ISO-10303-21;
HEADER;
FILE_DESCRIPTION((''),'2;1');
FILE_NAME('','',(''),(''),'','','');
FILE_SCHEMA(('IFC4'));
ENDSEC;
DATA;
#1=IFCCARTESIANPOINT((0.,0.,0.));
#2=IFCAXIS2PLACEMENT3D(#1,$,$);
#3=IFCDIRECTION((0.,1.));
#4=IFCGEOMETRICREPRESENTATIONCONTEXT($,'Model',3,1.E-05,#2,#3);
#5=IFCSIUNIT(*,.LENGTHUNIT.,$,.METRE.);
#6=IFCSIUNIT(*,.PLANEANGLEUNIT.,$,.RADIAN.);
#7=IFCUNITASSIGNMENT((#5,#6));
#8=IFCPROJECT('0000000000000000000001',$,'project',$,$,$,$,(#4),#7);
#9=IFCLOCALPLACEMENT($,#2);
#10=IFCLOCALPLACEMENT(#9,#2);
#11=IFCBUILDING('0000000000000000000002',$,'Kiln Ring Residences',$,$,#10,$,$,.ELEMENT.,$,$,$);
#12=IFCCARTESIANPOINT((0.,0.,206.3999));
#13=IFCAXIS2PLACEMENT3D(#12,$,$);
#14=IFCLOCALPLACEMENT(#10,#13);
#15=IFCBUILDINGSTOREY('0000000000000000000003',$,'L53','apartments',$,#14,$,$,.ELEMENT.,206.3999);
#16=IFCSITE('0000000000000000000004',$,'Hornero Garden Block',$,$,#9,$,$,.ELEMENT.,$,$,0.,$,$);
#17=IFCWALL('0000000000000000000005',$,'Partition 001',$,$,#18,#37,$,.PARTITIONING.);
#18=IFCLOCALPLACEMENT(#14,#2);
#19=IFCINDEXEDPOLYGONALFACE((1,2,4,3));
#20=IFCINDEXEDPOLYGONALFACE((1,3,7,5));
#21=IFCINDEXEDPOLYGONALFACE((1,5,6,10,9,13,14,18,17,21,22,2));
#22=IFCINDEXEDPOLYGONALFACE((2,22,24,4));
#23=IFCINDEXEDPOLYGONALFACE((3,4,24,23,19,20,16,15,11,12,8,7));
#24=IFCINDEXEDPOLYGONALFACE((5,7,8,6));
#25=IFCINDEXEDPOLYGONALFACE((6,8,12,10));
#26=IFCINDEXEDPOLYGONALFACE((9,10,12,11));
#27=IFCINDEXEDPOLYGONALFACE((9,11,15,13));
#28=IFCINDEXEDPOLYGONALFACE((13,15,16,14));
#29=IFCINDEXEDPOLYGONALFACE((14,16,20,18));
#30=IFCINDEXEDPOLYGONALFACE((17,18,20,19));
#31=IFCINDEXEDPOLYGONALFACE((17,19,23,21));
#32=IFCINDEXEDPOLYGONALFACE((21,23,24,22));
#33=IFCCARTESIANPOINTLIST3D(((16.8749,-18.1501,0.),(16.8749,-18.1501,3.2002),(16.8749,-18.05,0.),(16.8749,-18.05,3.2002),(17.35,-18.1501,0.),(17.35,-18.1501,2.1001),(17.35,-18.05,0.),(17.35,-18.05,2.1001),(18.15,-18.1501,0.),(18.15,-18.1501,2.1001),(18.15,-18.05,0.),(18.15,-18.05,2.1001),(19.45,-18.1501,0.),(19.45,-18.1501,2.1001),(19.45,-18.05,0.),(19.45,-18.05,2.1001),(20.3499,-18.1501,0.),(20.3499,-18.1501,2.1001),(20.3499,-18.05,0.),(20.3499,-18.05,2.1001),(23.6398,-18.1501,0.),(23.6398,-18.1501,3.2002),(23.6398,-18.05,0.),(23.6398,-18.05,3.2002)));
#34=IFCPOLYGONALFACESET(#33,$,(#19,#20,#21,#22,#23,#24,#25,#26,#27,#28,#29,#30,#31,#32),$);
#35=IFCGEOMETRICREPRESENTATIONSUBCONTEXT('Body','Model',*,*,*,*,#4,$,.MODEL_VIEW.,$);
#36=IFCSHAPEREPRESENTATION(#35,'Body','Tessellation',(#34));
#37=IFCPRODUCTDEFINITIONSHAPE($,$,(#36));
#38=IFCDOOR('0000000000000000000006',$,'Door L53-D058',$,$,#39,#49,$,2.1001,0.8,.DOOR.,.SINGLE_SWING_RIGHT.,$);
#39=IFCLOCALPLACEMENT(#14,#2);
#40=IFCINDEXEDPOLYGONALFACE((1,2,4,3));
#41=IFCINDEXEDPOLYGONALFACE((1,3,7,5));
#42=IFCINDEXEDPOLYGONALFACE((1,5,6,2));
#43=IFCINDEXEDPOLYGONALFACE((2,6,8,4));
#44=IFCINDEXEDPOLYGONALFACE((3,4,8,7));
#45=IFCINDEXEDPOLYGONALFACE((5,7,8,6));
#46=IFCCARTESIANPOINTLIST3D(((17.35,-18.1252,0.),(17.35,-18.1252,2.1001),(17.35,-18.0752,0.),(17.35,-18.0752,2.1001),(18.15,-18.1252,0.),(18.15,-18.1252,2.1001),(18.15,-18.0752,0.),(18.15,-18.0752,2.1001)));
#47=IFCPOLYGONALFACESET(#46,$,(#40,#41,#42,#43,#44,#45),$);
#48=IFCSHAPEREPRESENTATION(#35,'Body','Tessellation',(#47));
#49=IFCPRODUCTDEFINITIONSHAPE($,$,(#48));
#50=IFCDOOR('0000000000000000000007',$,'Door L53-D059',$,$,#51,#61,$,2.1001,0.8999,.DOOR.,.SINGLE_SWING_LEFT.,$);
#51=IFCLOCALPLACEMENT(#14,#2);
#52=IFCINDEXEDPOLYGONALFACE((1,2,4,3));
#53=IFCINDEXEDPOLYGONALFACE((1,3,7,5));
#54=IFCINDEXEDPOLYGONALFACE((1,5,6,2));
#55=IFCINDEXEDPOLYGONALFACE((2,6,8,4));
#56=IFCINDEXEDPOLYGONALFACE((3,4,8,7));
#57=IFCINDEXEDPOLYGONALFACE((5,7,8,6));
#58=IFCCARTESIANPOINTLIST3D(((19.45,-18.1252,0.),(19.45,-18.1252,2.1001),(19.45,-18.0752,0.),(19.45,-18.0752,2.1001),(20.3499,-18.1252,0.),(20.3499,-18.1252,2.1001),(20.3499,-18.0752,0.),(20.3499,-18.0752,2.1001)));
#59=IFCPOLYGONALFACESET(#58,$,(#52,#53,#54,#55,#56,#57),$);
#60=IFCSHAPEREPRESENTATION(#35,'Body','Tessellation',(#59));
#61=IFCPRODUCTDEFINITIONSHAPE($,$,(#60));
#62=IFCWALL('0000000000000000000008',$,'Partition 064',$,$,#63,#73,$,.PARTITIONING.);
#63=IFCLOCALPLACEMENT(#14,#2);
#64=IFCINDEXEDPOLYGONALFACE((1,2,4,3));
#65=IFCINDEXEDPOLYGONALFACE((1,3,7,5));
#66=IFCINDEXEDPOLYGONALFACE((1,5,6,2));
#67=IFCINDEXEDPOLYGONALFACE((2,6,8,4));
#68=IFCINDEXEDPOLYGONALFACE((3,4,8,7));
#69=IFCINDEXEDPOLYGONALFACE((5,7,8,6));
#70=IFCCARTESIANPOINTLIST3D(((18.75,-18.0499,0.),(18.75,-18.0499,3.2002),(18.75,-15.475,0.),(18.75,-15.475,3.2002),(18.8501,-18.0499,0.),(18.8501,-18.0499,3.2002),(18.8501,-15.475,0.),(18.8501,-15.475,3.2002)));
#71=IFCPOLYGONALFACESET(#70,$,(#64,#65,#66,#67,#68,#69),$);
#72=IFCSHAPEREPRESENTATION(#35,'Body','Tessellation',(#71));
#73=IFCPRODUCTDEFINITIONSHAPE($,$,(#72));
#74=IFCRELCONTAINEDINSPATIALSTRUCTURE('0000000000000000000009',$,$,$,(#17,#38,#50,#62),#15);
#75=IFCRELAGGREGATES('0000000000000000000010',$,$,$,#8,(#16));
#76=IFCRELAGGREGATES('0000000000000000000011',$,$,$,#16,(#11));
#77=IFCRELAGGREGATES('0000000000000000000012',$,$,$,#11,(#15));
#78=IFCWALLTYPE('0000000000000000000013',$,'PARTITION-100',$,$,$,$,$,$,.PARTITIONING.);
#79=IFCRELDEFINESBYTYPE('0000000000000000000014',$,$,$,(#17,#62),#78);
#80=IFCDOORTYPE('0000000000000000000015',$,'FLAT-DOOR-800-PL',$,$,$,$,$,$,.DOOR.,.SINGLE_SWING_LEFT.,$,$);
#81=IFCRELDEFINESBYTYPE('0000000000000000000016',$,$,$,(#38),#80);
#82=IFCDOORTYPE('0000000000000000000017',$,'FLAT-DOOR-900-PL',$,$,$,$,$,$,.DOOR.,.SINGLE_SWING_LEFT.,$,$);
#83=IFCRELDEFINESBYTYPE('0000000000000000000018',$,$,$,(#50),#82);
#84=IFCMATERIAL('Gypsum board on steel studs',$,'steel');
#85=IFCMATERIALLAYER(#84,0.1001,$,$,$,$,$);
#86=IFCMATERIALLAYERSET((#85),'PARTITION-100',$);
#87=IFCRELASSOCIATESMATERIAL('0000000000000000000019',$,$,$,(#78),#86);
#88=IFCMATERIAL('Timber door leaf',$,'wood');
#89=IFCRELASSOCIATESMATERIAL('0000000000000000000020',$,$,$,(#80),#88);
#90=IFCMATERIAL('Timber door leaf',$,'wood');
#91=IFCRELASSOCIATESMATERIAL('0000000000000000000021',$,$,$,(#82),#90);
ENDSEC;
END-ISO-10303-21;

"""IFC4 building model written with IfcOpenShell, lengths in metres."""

from ifc_helpers import new_model, si_unit, direction, frame, frame_2d, origin, place, context, subcontext, project, spatial, rectangle, extrude, material, layer, layer_set, type_object, element, fill, save


model = new_model("IFC4")

# Units and contexts
model_context = context("Model", 3, precision=1e-05, world=origin(), true_north=direction((0.0, 1.0)))
body_context = subcontext(model_context, "Body", "Model", "MODEL_VIEW")
ifc_project = project(units=[si_unit("LENGTHUNIT", "METRE"), si_unit("PLANEANGLEUNIT", "RADIAN")], contexts=[model_context])

# Site, building, storey
site_placement = place(None, origin())
site = spatial("IfcSite", under=ifc_project, at=site_placement, Name="Hornero Garden Block", CompositionType="ELEMENT", RefElevation=0.0)
building_placement = place(site_placement, origin())
building = spatial("IfcBuilding", under=site, at=building_placement, Name="Kiln Ring Residences", CompositionType="ELEMENT")
storey_placement = place(building_placement, frame((0.0, 0.0, 206.3999)))
storey = spatial("IfcBuildingStorey", under=building, at=storey_placement, Name="L53", Description="apartments", CompositionType="ELEMENT", Elevation=206.3999)

# Wall, openings, doors
ifc_material_1 = material(Name="Gypsum board on steel studs", Category="steel")
ifc_layer_1 = layer(ifc_material_1, 0.1001)
ifc_layer_set_1 = layer_set([ifc_layer_1], Name="PARTITION-100")
wall_type_1 = type_object("IfcWallType", Name="PARTITION-100", PredefinedType="PARTITIONING", material=ifc_layer_set_1)
wall_1_placement = place(storey_placement, frame((16.875, -18.1001, 0.0), z_axis=(0.0, 0.0, 1.0), x_axis=(1.0, 0.0, 0.0)))
wall_1 = element("IfcWall", 1, at=wall_1_placement, inside=storey, type_object=wall_type_1, Name="Partition 001", PredefinedType="PARTITIONING", context=body_context, shape_type="SweptSolid", body=[
    extrude(rectangle(XDim=6.7649, YDim=0.1001, at=frame_2d((3.3823, 0.0))), origin(), (0.0, 0.0, 1.0), 3.2002),
])
opening_1_placement = place(wall_1_placement, frame((0.4751, 0.0, 0.0)))
opening_1 = element("IfcOpeningElement", 2, at=opening_1_placement, cuts=wall_1, PredefinedType="OPENING", context=body_context, shape_type="SweptSolid", body=[
    extrude(rectangle(XDim=0.8, YDim=2.1001, at=frame_2d((0.3999, 1.05))), frame((0.0, 0.0601, 0.0), z_axis=(0.0, -1.0, 0.0), x_axis=(1.0, 0.0, 0.0)), (0.0, 0.0, 1.0), 0.1201),
])
opening_2_placement = place(wall_1_placement, frame((2.575, 0.0, 0.0)))
opening_2 = element("IfcOpeningElement", 3, at=opening_2_placement, cuts=wall_1, PredefinedType="OPENING", context=body_context, shape_type="SweptSolid", body=[
    extrude(rectangle(XDim=0.8999, YDim=2.1001, at=frame_2d((0.45, 1.05))), frame((0.0, 0.0601, 0.0), z_axis=(0.0, -1.0, 0.0), x_axis=(1.0, 0.0, 0.0)), (0.0, 0.0, 1.0), 0.1201),
])
ifc_material_2 = material(Name="Timber door leaf", Category="wood")
door_type_1 = type_object("IfcDoorType", Name="FLAT-DOOR-800-PL", OperationType="SINGLE_SWING_LEFT", PredefinedType="DOOR", material=ifc_material_2)
door_1_placement = place(opening_1_placement, origin())
door_1 = element("IfcDoor", 4, at=door_1_placement, inside=storey, type_object=door_type_1, Name="Door L53-D058", OperationType="SINGLE_SWING_RIGHT", OverallHeight=2.1001, OverallWidth=0.8, PredefinedType="DOOR", context=body_context, shape_type="SweptSolid", body=[
    extrude(rectangle(XDim=0.8, YDim=2.1001, at=frame_2d((0.3999, 1.05))), frame((0.0, 0.0249, 0.0), z_axis=(0.0, -1.0, 0.0), x_axis=(1.0, 0.0, 0.0)), (0.0, 0.0, 1.0), 0.05),
])
fill(opening_1, door_1)
ifc_material_3 = material(Name="Timber door leaf", Category="wood")
door_type_2 = type_object("IfcDoorType", Name="FLAT-DOOR-900-PL", OperationType="SINGLE_SWING_LEFT", PredefinedType="DOOR", material=ifc_material_3)
door_2_placement = place(opening_2_placement, origin())
door_2 = element("IfcDoor", 5, at=door_2_placement, inside=storey, type_object=door_type_2, Name="Door L53-D059", OperationType="SINGLE_SWING_LEFT", OverallHeight=2.1001, OverallWidth=0.8999, PredefinedType="DOOR", context=body_context, shape_type="SweptSolid", body=[
    extrude(rectangle(XDim=0.8999, YDim=2.1001, at=frame_2d((0.45, 1.05))), frame((0.0, 0.0249, 0.0), z_axis=(0.0, -1.0, 0.0), x_axis=(1.0, 0.0, 0.0)), (0.0, 0.0, 1.0), 0.05),
])
fill(opening_2, door_2)

# Wall
wall_2_placement = place(storey_placement, frame((18.8, -18.05, 0.0), z_axis=(0.0, 0.0, 1.0), x_axis=(0.0, 1.0, 0.0)))
element("IfcWall", 6, at=wall_2_placement, inside=storey, type_object=wall_type_1, Name="Partition 064", PredefinedType="PARTITIONING", context=body_context, shape_type="SweptSolid", body=[
    extrude(rectangle(XDim=2.575, YDim=0.1001, at=frame_2d((1.2876, 0.0))), origin(), (0.0, 0.0, 1.0), 3.2002),
])

save(model, "model.ifc")
